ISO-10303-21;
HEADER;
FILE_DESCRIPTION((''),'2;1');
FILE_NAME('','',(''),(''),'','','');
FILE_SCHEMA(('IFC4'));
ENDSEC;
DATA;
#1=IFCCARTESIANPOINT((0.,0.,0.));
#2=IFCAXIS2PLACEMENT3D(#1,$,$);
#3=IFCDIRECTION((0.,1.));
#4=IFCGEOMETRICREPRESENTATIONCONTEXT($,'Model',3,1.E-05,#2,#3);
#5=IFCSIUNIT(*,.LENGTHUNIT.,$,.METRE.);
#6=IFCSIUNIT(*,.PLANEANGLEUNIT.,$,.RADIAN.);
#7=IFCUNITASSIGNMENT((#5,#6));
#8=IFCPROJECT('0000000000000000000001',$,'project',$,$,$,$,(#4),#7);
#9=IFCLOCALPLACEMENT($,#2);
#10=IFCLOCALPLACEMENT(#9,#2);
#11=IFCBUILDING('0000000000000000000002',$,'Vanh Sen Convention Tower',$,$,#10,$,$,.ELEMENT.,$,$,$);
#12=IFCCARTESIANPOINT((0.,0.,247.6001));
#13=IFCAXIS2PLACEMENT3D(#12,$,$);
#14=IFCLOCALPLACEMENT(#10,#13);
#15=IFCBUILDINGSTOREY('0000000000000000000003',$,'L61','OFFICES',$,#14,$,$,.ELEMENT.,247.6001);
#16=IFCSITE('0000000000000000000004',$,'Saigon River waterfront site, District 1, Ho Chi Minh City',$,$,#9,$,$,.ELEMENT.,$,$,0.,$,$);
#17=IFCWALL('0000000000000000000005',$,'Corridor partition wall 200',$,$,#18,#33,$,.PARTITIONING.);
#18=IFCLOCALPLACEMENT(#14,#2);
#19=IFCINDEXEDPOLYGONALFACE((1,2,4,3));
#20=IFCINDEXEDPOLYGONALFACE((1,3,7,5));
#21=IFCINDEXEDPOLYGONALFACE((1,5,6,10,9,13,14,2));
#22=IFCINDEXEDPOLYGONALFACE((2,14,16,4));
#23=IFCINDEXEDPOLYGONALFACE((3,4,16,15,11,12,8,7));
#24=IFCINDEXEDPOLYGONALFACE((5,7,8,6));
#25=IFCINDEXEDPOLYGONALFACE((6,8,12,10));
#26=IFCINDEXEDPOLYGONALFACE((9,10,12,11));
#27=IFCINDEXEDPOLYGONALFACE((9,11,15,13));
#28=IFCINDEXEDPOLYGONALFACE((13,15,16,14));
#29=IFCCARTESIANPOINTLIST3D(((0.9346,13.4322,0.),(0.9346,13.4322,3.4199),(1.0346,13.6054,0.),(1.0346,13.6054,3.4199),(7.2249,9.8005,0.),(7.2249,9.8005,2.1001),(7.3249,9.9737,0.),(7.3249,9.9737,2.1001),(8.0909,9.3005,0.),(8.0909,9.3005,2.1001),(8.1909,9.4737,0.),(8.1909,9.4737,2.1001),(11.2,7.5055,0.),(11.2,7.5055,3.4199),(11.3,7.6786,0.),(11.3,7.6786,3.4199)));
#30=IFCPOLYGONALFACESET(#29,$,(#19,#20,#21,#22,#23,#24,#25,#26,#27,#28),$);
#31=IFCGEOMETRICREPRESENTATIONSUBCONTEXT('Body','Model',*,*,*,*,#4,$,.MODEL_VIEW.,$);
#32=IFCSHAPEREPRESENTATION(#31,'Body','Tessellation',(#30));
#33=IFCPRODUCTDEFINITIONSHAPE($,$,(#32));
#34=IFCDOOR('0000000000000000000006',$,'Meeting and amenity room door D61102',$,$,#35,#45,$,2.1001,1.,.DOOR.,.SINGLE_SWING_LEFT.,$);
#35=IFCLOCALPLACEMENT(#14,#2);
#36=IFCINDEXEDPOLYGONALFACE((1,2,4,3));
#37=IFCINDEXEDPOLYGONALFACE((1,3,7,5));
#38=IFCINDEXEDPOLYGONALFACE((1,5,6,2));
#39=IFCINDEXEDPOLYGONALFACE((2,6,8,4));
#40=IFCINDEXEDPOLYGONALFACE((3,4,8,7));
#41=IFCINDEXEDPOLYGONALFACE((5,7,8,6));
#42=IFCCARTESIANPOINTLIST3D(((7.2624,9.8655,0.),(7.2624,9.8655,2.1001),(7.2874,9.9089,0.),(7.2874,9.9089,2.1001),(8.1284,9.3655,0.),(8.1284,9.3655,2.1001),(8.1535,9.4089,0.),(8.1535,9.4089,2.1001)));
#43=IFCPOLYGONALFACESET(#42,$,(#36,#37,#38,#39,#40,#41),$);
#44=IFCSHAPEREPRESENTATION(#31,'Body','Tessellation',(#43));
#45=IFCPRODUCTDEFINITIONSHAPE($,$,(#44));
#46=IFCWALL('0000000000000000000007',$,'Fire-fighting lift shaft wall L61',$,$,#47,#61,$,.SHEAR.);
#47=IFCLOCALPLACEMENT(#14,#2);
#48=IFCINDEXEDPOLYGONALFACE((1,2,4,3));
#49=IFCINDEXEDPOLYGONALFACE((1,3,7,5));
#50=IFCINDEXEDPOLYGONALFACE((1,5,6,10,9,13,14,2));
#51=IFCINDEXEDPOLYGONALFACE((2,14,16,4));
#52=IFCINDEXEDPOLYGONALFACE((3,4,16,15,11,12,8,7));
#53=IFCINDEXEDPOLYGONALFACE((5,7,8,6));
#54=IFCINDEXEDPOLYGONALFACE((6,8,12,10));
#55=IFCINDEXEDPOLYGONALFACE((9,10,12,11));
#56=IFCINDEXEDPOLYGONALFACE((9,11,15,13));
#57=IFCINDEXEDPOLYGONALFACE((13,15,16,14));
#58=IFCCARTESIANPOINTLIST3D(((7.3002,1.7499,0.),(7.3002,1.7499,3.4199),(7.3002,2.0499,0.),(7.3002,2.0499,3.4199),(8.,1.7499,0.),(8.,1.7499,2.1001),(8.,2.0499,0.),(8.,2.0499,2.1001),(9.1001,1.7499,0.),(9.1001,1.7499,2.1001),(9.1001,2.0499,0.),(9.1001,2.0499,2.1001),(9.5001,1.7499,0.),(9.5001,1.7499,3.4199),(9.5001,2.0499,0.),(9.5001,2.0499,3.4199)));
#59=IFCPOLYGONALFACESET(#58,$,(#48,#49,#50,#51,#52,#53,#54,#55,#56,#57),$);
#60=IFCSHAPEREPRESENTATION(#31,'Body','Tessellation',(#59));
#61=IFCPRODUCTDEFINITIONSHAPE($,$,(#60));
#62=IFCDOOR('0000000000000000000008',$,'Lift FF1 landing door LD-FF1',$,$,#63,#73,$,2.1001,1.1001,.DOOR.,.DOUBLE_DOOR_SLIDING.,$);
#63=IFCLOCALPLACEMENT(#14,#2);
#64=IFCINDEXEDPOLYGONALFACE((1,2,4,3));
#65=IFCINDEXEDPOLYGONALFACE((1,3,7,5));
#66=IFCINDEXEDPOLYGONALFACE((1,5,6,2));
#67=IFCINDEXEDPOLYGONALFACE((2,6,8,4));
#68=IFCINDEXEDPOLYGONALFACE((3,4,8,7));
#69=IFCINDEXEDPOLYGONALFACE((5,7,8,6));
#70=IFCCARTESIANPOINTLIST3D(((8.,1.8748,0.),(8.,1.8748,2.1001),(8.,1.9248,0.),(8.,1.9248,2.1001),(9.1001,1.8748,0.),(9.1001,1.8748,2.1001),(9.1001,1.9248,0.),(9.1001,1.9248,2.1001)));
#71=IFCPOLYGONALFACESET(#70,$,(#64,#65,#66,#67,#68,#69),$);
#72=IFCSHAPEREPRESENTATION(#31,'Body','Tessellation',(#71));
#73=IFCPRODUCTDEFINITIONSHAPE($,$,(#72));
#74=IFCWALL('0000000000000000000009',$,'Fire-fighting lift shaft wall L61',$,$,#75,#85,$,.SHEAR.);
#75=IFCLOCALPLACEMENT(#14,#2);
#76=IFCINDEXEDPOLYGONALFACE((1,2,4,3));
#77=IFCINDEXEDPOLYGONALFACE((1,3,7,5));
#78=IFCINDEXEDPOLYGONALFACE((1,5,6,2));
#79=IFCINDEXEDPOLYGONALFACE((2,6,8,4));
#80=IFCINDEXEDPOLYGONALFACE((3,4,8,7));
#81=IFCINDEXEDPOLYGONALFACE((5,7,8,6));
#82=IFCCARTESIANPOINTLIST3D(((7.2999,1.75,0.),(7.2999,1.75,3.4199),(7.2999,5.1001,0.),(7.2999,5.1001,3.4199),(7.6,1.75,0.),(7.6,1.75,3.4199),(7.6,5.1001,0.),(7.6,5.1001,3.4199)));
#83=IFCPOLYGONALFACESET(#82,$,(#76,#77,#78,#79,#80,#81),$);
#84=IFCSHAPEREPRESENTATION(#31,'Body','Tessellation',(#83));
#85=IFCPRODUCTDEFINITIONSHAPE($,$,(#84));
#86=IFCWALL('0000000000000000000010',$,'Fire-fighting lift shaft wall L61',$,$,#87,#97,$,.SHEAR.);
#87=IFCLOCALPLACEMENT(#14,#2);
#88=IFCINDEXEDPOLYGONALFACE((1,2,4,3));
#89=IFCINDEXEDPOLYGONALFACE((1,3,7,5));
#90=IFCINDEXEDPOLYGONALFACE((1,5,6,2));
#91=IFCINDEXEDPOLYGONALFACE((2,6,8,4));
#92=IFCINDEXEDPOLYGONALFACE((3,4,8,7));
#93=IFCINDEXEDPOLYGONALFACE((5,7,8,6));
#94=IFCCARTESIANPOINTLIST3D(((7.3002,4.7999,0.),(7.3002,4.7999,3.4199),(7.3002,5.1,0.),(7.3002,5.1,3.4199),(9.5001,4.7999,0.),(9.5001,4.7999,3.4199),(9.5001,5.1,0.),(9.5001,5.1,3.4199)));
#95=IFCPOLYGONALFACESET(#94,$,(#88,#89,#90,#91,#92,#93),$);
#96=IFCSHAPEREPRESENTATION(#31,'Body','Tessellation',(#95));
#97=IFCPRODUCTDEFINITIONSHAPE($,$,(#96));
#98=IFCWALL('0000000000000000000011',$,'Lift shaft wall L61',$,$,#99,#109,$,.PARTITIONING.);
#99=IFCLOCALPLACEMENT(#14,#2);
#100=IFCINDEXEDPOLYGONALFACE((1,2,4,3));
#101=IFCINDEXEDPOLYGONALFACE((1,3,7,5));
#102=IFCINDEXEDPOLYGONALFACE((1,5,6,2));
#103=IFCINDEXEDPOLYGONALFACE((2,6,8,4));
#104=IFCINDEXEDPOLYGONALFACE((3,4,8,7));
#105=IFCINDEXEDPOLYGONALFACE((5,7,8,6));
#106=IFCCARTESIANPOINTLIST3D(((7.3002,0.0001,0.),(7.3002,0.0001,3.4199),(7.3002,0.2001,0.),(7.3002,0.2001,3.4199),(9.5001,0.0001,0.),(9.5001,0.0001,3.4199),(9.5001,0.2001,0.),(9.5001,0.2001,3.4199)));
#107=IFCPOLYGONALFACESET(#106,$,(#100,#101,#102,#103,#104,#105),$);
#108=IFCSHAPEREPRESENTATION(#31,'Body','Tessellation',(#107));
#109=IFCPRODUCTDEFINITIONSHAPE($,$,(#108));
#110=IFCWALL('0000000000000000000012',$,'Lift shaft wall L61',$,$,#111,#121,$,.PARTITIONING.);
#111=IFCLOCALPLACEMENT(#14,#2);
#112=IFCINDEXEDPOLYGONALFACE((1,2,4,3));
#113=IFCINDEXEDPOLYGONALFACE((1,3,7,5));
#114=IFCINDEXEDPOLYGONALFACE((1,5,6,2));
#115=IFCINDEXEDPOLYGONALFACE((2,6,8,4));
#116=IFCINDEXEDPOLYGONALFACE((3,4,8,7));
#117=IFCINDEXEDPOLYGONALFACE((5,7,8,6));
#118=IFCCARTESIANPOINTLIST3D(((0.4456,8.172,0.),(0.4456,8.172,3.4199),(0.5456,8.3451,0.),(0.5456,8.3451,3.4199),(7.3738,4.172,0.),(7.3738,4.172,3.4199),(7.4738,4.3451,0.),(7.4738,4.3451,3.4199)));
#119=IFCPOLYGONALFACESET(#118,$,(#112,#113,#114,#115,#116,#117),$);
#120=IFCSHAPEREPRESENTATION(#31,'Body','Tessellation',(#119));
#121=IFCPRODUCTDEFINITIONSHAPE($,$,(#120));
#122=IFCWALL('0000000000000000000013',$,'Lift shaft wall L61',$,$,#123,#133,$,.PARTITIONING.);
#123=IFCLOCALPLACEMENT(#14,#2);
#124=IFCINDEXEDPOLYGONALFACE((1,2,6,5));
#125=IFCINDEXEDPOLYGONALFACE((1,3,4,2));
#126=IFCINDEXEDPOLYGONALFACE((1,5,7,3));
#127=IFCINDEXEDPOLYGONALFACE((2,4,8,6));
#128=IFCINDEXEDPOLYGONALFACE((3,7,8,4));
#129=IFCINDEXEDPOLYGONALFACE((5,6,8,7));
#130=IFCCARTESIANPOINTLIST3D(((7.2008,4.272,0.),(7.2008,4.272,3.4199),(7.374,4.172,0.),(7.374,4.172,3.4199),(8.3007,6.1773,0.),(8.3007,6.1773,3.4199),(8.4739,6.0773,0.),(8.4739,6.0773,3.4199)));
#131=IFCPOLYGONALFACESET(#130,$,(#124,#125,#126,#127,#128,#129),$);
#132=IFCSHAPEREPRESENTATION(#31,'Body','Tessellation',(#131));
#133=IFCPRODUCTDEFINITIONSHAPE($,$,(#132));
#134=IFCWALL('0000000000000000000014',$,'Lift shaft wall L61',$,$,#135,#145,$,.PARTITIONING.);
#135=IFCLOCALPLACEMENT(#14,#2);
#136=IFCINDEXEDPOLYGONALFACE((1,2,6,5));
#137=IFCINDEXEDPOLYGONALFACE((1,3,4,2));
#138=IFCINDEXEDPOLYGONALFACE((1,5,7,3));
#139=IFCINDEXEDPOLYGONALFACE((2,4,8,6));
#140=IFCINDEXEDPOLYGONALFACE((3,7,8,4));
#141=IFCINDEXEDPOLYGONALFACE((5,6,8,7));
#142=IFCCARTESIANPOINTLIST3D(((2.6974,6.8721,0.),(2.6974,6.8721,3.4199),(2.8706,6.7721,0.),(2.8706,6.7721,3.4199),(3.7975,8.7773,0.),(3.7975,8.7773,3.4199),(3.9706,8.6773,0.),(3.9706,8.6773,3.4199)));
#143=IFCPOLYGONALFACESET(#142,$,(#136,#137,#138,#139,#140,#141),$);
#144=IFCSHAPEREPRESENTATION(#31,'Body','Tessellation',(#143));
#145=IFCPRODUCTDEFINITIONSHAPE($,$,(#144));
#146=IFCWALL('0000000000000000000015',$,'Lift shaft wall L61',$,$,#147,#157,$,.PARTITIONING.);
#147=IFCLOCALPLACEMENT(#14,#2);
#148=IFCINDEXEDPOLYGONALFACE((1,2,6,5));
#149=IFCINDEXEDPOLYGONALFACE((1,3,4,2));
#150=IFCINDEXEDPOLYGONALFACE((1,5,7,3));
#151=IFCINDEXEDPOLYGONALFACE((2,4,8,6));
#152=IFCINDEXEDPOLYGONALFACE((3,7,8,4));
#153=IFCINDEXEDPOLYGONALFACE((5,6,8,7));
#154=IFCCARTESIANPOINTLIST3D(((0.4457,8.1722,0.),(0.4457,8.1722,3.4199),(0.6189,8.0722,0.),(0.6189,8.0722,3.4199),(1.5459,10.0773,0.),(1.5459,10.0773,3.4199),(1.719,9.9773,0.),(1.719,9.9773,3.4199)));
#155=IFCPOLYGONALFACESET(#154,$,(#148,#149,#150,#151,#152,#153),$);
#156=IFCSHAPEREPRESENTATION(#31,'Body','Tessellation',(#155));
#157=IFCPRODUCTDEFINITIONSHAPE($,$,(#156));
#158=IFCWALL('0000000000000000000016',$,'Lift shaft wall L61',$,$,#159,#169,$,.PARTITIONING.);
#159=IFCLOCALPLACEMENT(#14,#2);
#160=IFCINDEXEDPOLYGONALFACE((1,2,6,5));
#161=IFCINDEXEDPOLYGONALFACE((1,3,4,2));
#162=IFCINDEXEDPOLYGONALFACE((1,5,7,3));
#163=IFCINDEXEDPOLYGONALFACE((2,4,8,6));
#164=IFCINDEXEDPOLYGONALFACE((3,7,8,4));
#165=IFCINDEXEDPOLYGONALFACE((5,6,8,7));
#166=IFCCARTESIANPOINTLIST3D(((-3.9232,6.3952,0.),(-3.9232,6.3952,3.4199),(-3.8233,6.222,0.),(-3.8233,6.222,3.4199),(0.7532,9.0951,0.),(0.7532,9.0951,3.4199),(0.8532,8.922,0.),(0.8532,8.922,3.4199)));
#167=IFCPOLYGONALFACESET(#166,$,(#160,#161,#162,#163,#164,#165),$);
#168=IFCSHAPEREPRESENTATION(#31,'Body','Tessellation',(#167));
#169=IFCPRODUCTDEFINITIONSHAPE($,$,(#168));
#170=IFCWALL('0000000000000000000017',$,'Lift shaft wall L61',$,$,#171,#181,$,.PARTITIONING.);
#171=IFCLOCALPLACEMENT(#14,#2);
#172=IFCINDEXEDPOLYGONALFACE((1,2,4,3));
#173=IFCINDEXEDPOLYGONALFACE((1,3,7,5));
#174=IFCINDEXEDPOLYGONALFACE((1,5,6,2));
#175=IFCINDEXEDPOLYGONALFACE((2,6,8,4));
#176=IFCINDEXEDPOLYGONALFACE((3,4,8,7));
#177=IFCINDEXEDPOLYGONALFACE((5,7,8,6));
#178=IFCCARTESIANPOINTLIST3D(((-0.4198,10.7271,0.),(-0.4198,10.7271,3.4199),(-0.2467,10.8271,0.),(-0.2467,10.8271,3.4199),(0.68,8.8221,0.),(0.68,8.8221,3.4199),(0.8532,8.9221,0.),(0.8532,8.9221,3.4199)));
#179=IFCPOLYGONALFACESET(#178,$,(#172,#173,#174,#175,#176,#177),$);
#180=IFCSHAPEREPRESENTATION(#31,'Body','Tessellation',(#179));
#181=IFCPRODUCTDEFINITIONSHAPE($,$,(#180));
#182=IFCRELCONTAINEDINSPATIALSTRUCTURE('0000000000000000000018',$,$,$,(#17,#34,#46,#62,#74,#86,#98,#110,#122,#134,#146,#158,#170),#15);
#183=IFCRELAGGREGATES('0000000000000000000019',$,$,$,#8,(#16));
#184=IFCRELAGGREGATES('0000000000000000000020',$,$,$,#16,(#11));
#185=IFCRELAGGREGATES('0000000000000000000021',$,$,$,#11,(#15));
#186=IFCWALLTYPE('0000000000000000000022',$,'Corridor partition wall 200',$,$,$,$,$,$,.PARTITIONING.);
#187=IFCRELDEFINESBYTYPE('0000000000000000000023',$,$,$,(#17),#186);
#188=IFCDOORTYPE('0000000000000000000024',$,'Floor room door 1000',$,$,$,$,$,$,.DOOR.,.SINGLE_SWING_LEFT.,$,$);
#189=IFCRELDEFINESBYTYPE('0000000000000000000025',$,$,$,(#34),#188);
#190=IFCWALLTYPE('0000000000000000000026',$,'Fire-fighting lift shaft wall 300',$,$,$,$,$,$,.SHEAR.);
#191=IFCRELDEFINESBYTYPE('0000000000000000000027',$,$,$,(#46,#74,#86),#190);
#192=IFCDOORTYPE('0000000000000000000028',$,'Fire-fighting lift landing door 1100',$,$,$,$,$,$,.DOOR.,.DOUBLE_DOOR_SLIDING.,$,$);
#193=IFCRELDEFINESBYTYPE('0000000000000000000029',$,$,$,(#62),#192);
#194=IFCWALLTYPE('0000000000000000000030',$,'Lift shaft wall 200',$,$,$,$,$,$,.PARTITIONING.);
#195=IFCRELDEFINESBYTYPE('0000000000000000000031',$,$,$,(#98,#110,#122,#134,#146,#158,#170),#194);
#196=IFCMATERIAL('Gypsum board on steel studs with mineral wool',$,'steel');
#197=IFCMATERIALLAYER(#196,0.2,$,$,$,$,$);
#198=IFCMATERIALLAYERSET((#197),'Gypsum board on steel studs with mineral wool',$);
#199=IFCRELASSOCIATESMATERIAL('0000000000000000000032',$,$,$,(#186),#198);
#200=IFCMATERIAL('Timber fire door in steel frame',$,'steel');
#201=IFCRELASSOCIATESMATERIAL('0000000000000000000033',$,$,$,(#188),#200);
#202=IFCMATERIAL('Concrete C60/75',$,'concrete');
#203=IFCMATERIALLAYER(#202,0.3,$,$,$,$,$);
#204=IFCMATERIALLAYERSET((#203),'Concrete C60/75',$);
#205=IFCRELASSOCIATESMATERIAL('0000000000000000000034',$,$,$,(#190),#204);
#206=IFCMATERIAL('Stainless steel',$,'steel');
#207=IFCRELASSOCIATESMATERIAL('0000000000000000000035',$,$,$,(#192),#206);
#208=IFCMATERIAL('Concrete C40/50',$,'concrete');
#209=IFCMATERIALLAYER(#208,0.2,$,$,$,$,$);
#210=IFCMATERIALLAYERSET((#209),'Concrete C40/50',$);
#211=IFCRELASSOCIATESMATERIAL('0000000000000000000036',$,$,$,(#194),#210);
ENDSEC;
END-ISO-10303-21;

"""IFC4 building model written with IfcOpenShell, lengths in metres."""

from ifc_helpers import new_model, si_unit, direction, frame, frame_2d, origin, place, context, subcontext, project, spatial, rectangle, extrude, material, layer, layer_set, type_object, element, fill, save


model = new_model("IFC4")

# Units and contexts
model_context = context("Model", 3, precision=1e-05, world=origin(), true_north=direction((0.0, 1.0)))
body_context = subcontext(model_context, "Body", "Model", "MODEL_VIEW")
ifc_project = project(units=[si_unit("LENGTHUNIT", "METRE"), si_unit("PLANEANGLEUNIT", "RADIAN")], contexts=[model_context])

# Site, building, storey
site_placement = place(None, origin())
site = spatial("IfcSite", under=ifc_project, at=site_placement, Name="Saigon River waterfront site, District 1, Ho Chi Minh City", CompositionType="ELEMENT", RefElevation=0.0)
building_placement = place(site_placement, origin())
building = spatial("IfcBuilding", under=site, at=building_placement, Name="Vanh Sen Convention Tower", CompositionType="ELEMENT")
storey_placement = place(building_placement, frame((0.0, 0.0, 247.6001)))
storey = spatial("IfcBuildingStorey", under=building, at=storey_placement, Name="L61", Description="OFFICES", CompositionType="ELEMENT", Elevation=247.6001)

# Shared definitions
ifc_material_1 = material(Name="Concrete C40/50", Category="concrete")

# Shared definitions
ifc_material_2 = material(Name="Concrete C60/75", Category="concrete")

# Walls, openings, doors
ifc_material_3 = material(Name="Gypsum board on steel studs with mineral wool", Category="steel")
ifc_layer_1 = layer(ifc_material_3, 0.2)
ifc_layer_set_1 = layer_set([ifc_layer_1], Name="Gypsum board on steel studs with mineral wool")
wall_type_1 = type_object("IfcWallType", Name="Corridor partition wall 200", PredefinedType="PARTITIONING", material=ifc_layer_set_1)
wall_1_placement = place(storey_placement, frame((11.25, 7.592, 0.0), z_axis=(0.0, 0.0, 1.0), x_axis=(-0.866024, 0.500002, 0.0)))
wall_1 = element("IfcWall", 1, at=wall_1_placement, inside=storey, type_object=wall_type_1, Name="Corridor partition wall 200", PredefinedType="PARTITIONING", context=body_context, shape_type="SweptSolid", body=[
    extrude(rectangle(XDim=11.8535, YDim=0.2, at=frame_2d((5.9268, 0.0))), origin(), (0.0, 0.0, 1.0), 3.4199),
])
opening_1_placement = place(wall_1_placement, frame((3.5901, 0.0, 0.0)))
opening_1 = element("IfcOpeningElement", 2, at=opening_1_placement, cuts=wall_1, PredefinedType="OPENING", context=body_context, shape_type="SweptSolid", body=[
    extrude(rectangle(XDim=1.0, YDim=2.1001, at=frame_2d((0.5, 1.05))), frame((0.0, 0.1099, 0.0), z_axis=(0.0, -1.0, 0.0), x_axis=(1.0, 0.0, 0.0)), (0.0, 0.0, 1.0), 0.22),
])
ifc_material_4 = material(Name="Timber fire door in steel frame", Category="steel")
door_type_1 = type_object("IfcDoorType", Name="Floor room door 1000", OperationType="SINGLE_SWING_LEFT", PredefinedType="DOOR", material=ifc_material_4)
door_1_placement = place(opening_1_placement, origin())
door_1 = element("IfcDoor", 3, at=door_1_placement, inside=storey, type_object=door_type_1, Name="Meeting and amenity room door D61102", OperationType="SINGLE_SWING_LEFT", OverallHeight=2.1001, OverallWidth=1.0, PredefinedType="DOOR", context=body_context, shape_type="SweptSolid", body=[
    extrude(rectangle(XDim=1.0, YDim=2.1001, at=frame_2d((0.5, 1.05))), frame((0.0, 0.0249, 0.0), z_axis=(0.0, -1.0, 0.0), x_axis=(1.0, 0.0, 0.0)), (0.0, 0.0, 1.0), 0.05),
])
fill(opening_1, door_1)
ifc_layer_2 = layer(ifc_material_2, 0.3)
ifc_layer_set_2 = layer_set([ifc_layer_2], Name="Concrete C60/75")
wall_type_2 = type_object("IfcWallType", Name="Fire-fighting lift shaft wall 300", PredefinedType="SHEAR", material=ifc_layer_set_2)
wall_2_placement = place(storey_placement, frame((7.3, 1.8999, 0.0), z_axis=(0.0, 0.0, 1.0), x_axis=(1.0, 0.0, 0.0)))
wall_2 = element("IfcWall", 4, at=wall_2_placement, inside=storey, type_object=wall_type_2, Name="Fire-fighting lift shaft wall L61", PredefinedType="SHEAR", context=body_context, shape_type="SweptSolid", body=[
    extrude(rectangle(XDim=2.2, YDim=0.3, at=frame_2d((1.1001, 0.0))), origin(), (0.0, 0.0, 1.0), 3.4199),
])
opening_2_placement = place(wall_2_placement, frame((0.7, 0.0, 0.0)))
opening_2 = element("IfcOpeningElement", 5, at=opening_2_placement, cuts=wall_2, PredefinedType="OPENING", context=body_context, shape_type="SweptSolid", body=[
    extrude(rectangle(XDim=1.1001, YDim=2.1001, at=frame_2d((0.55, 1.05))), frame((0.0, 0.1599, 0.0), z_axis=(0.0, -1.0, 0.0), x_axis=(1.0, 0.0, 0.0)), (0.0, 0.0, 1.0), 0.3201),
])
ifc_material_5 = material(Name="Stainless steel", Category="steel")
door_type_2 = type_object("IfcDoorType", Name="Fire-fighting lift landing door 1100", OperationType="DOUBLE_DOOR_SLIDING", PredefinedType="DOOR", material=ifc_material_5)
door_2_placement = place(opening_2_placement, origin())
door_2 = element("IfcDoor", 6, at=door_2_placement, inside=storey, type_object=door_type_2, Name="Lift FF1 landing door LD-FF1", OperationType="DOUBLE_DOOR_SLIDING", OverallHeight=2.1001, OverallWidth=1.1001, PredefinedType="DOOR", context=body_context, shape_type="SweptSolid", body=[
    extrude(rectangle(XDim=1.1001, YDim=2.1001, at=frame_2d((0.55, 1.05))), frame((0.0, 0.0249, 0.0), z_axis=(0.0, -1.0, 0.0), x_axis=(1.0, 0.0, 0.0)), (0.0, 0.0, 1.0), 0.05),
])
fill(opening_2, door_2)

# Walls
wall_3_placement = place(storey_placement, frame((7.45, 1.75, 0.0), z_axis=(0.0, 0.0, 1.0), x_axis=(0.0, 1.0, 0.0)))
element("IfcWall", 7, at=wall_3_placement, inside=storey, type_object=wall_type_2, Name="Fire-fighting lift shaft wall L61", PredefinedType="SHEAR", context=body_context, shape_type="SweptSolid", body=[
    extrude(rectangle(XDim=3.3501, YDim=0.3, at=frame_2d((1.675, 0.0))), origin(), (0.0, 0.0, 1.0), 3.4199),
])
wall_4_placement = place(storey_placement, frame((7.3, 4.95, 0.0), z_axis=(0.0, 0.0, 1.0), x_axis=(1.0, 0.0, 0.0)))
element("IfcWall", 8, at=wall_4_placement, inside=storey, type_object=wall_type_2, Name="Fire-fighting lift shaft wall L61", PredefinedType="SHEAR", context=body_context, shape_type="SweptSolid", body=[
    extrude(rectangle(XDim=2.2, YDim=0.3, at=frame_2d((1.1001, 0.0))), origin(), (0.0, 0.0, 1.0), 3.4199),
])
ifc_layer_3 = layer(ifc_material_1, 0.2)
ifc_layer_set_3 = layer_set([ifc_layer_3], Name="Concrete C40/50")
wall_type_3 = type_object("IfcWallType", Name="Lift shaft wall 200", PredefinedType="PARTITIONING", material=ifc_layer_set_3)
wall_5_placement = place(storey_placement, frame((7.3, 0.1001, 0.0), z_axis=(0.0, 0.0, 1.0), x_axis=(1.0, 0.0, 0.0)))
element("IfcWall", 9, at=wall_5_placement, inside=storey, type_object=wall_type_3, Name="Lift shaft wall L61", PredefinedType="PARTITIONING", context=body_context, shape_type="SweptSolid", body=[
    extrude(rectangle(XDim=2.2, YDim=0.2, at=frame_2d((1.1001, 0.0))), origin(), (0.0, 0.0, 1.0), 3.4199),
])
wall_6_placement = place(storey_placement, frame((7.4238, 4.2585, 0.0), z_axis=(0.0, 0.0, 1.0), x_axis=(-0.866026, 0.499999, 0.0)))
element("IfcWall", 10, at=wall_6_placement, inside=storey, type_object=wall_type_3, Name="Lift shaft wall L61", PredefinedType="PARTITIONING", context=body_context, shape_type="SweptSolid", body=[
    extrude(rectangle(XDim=8.0, YDim=0.2, at=frame_2d((4.0, 0.0))), origin(), (0.0, 0.0, 1.0), 3.4199),
])
for number, where, z_axis, x_axis, name in (
    (11, (7.2874, 4.2219, 0.0), (0.0, 0.0, 1.0), (0.499947, 0.866056, 0.0), "Lift shaft wall L61"),
    (12, (2.7839, 6.822, 0.0), (0.0, 0.0, 1.0), (0.50003, 0.866008, 0.0), "Lift shaft wall L61"),
    (13, (0.5322, 8.1221, 0.0), (0.0, 0.0, 1.0), (0.500078, 0.86598, 0.0), "Lift shaft wall L61"),
):
    element("IfcWall", number, at=place(storey_placement, frame(where, z_axis=z_axis, x_axis=x_axis)), inside=storey, type_object=wall_type_3, Name=name, PredefinedType="PARTITIONING", context=body_context, shape_type="SweptSolid", body=[
        extrude(rectangle(XDim=2.2, YDim=0.2, at=frame_2d((1.1001, 0.0))), origin(), (0.0, 0.0, 1.0), 3.4199),
    ])
wall_7_placement = place(storey_placement, frame((0.8032, 9.0085, 0.0), z_axis=(0.0, 0.0, 1.0), x_axis=(-0.866028, -0.499995, 0.0)))
element("IfcWall", 14, at=wall_7_placement, inside=storey, type_object=wall_type_3, Name="Lift shaft wall L61", PredefinedType="PARTITIONING", context=body_context, shape_type="SweptSolid", body=[
    extrude(rectangle(XDim=5.3999, YDim=0.2, at=frame_2d((2.7, 0.0))), origin(), (0.0, 0.0, 1.0), 3.4199),
])
wall_8_placement = place(storey_placement, frame((0.7666, 8.8721, 0.0), z_axis=(0.0, 0.0, 1.0), x_axis=(-0.499995, 0.866028, 0.0)))
element("IfcWall", 15, at=wall_8_placement, inside=storey, type_object=wall_type_3, Name="Lift shaft wall L61", PredefinedType="PARTITIONING", context=body_context, shape_type="SweptSolid", body=[
    extrude(rectangle(XDim=2.1997, YDim=0.2, at=frame_2d((1.0999, 0.0))), origin(), (0.0, 0.0, 1.0), 3.4199),
])

save(model, "model.ifc")
